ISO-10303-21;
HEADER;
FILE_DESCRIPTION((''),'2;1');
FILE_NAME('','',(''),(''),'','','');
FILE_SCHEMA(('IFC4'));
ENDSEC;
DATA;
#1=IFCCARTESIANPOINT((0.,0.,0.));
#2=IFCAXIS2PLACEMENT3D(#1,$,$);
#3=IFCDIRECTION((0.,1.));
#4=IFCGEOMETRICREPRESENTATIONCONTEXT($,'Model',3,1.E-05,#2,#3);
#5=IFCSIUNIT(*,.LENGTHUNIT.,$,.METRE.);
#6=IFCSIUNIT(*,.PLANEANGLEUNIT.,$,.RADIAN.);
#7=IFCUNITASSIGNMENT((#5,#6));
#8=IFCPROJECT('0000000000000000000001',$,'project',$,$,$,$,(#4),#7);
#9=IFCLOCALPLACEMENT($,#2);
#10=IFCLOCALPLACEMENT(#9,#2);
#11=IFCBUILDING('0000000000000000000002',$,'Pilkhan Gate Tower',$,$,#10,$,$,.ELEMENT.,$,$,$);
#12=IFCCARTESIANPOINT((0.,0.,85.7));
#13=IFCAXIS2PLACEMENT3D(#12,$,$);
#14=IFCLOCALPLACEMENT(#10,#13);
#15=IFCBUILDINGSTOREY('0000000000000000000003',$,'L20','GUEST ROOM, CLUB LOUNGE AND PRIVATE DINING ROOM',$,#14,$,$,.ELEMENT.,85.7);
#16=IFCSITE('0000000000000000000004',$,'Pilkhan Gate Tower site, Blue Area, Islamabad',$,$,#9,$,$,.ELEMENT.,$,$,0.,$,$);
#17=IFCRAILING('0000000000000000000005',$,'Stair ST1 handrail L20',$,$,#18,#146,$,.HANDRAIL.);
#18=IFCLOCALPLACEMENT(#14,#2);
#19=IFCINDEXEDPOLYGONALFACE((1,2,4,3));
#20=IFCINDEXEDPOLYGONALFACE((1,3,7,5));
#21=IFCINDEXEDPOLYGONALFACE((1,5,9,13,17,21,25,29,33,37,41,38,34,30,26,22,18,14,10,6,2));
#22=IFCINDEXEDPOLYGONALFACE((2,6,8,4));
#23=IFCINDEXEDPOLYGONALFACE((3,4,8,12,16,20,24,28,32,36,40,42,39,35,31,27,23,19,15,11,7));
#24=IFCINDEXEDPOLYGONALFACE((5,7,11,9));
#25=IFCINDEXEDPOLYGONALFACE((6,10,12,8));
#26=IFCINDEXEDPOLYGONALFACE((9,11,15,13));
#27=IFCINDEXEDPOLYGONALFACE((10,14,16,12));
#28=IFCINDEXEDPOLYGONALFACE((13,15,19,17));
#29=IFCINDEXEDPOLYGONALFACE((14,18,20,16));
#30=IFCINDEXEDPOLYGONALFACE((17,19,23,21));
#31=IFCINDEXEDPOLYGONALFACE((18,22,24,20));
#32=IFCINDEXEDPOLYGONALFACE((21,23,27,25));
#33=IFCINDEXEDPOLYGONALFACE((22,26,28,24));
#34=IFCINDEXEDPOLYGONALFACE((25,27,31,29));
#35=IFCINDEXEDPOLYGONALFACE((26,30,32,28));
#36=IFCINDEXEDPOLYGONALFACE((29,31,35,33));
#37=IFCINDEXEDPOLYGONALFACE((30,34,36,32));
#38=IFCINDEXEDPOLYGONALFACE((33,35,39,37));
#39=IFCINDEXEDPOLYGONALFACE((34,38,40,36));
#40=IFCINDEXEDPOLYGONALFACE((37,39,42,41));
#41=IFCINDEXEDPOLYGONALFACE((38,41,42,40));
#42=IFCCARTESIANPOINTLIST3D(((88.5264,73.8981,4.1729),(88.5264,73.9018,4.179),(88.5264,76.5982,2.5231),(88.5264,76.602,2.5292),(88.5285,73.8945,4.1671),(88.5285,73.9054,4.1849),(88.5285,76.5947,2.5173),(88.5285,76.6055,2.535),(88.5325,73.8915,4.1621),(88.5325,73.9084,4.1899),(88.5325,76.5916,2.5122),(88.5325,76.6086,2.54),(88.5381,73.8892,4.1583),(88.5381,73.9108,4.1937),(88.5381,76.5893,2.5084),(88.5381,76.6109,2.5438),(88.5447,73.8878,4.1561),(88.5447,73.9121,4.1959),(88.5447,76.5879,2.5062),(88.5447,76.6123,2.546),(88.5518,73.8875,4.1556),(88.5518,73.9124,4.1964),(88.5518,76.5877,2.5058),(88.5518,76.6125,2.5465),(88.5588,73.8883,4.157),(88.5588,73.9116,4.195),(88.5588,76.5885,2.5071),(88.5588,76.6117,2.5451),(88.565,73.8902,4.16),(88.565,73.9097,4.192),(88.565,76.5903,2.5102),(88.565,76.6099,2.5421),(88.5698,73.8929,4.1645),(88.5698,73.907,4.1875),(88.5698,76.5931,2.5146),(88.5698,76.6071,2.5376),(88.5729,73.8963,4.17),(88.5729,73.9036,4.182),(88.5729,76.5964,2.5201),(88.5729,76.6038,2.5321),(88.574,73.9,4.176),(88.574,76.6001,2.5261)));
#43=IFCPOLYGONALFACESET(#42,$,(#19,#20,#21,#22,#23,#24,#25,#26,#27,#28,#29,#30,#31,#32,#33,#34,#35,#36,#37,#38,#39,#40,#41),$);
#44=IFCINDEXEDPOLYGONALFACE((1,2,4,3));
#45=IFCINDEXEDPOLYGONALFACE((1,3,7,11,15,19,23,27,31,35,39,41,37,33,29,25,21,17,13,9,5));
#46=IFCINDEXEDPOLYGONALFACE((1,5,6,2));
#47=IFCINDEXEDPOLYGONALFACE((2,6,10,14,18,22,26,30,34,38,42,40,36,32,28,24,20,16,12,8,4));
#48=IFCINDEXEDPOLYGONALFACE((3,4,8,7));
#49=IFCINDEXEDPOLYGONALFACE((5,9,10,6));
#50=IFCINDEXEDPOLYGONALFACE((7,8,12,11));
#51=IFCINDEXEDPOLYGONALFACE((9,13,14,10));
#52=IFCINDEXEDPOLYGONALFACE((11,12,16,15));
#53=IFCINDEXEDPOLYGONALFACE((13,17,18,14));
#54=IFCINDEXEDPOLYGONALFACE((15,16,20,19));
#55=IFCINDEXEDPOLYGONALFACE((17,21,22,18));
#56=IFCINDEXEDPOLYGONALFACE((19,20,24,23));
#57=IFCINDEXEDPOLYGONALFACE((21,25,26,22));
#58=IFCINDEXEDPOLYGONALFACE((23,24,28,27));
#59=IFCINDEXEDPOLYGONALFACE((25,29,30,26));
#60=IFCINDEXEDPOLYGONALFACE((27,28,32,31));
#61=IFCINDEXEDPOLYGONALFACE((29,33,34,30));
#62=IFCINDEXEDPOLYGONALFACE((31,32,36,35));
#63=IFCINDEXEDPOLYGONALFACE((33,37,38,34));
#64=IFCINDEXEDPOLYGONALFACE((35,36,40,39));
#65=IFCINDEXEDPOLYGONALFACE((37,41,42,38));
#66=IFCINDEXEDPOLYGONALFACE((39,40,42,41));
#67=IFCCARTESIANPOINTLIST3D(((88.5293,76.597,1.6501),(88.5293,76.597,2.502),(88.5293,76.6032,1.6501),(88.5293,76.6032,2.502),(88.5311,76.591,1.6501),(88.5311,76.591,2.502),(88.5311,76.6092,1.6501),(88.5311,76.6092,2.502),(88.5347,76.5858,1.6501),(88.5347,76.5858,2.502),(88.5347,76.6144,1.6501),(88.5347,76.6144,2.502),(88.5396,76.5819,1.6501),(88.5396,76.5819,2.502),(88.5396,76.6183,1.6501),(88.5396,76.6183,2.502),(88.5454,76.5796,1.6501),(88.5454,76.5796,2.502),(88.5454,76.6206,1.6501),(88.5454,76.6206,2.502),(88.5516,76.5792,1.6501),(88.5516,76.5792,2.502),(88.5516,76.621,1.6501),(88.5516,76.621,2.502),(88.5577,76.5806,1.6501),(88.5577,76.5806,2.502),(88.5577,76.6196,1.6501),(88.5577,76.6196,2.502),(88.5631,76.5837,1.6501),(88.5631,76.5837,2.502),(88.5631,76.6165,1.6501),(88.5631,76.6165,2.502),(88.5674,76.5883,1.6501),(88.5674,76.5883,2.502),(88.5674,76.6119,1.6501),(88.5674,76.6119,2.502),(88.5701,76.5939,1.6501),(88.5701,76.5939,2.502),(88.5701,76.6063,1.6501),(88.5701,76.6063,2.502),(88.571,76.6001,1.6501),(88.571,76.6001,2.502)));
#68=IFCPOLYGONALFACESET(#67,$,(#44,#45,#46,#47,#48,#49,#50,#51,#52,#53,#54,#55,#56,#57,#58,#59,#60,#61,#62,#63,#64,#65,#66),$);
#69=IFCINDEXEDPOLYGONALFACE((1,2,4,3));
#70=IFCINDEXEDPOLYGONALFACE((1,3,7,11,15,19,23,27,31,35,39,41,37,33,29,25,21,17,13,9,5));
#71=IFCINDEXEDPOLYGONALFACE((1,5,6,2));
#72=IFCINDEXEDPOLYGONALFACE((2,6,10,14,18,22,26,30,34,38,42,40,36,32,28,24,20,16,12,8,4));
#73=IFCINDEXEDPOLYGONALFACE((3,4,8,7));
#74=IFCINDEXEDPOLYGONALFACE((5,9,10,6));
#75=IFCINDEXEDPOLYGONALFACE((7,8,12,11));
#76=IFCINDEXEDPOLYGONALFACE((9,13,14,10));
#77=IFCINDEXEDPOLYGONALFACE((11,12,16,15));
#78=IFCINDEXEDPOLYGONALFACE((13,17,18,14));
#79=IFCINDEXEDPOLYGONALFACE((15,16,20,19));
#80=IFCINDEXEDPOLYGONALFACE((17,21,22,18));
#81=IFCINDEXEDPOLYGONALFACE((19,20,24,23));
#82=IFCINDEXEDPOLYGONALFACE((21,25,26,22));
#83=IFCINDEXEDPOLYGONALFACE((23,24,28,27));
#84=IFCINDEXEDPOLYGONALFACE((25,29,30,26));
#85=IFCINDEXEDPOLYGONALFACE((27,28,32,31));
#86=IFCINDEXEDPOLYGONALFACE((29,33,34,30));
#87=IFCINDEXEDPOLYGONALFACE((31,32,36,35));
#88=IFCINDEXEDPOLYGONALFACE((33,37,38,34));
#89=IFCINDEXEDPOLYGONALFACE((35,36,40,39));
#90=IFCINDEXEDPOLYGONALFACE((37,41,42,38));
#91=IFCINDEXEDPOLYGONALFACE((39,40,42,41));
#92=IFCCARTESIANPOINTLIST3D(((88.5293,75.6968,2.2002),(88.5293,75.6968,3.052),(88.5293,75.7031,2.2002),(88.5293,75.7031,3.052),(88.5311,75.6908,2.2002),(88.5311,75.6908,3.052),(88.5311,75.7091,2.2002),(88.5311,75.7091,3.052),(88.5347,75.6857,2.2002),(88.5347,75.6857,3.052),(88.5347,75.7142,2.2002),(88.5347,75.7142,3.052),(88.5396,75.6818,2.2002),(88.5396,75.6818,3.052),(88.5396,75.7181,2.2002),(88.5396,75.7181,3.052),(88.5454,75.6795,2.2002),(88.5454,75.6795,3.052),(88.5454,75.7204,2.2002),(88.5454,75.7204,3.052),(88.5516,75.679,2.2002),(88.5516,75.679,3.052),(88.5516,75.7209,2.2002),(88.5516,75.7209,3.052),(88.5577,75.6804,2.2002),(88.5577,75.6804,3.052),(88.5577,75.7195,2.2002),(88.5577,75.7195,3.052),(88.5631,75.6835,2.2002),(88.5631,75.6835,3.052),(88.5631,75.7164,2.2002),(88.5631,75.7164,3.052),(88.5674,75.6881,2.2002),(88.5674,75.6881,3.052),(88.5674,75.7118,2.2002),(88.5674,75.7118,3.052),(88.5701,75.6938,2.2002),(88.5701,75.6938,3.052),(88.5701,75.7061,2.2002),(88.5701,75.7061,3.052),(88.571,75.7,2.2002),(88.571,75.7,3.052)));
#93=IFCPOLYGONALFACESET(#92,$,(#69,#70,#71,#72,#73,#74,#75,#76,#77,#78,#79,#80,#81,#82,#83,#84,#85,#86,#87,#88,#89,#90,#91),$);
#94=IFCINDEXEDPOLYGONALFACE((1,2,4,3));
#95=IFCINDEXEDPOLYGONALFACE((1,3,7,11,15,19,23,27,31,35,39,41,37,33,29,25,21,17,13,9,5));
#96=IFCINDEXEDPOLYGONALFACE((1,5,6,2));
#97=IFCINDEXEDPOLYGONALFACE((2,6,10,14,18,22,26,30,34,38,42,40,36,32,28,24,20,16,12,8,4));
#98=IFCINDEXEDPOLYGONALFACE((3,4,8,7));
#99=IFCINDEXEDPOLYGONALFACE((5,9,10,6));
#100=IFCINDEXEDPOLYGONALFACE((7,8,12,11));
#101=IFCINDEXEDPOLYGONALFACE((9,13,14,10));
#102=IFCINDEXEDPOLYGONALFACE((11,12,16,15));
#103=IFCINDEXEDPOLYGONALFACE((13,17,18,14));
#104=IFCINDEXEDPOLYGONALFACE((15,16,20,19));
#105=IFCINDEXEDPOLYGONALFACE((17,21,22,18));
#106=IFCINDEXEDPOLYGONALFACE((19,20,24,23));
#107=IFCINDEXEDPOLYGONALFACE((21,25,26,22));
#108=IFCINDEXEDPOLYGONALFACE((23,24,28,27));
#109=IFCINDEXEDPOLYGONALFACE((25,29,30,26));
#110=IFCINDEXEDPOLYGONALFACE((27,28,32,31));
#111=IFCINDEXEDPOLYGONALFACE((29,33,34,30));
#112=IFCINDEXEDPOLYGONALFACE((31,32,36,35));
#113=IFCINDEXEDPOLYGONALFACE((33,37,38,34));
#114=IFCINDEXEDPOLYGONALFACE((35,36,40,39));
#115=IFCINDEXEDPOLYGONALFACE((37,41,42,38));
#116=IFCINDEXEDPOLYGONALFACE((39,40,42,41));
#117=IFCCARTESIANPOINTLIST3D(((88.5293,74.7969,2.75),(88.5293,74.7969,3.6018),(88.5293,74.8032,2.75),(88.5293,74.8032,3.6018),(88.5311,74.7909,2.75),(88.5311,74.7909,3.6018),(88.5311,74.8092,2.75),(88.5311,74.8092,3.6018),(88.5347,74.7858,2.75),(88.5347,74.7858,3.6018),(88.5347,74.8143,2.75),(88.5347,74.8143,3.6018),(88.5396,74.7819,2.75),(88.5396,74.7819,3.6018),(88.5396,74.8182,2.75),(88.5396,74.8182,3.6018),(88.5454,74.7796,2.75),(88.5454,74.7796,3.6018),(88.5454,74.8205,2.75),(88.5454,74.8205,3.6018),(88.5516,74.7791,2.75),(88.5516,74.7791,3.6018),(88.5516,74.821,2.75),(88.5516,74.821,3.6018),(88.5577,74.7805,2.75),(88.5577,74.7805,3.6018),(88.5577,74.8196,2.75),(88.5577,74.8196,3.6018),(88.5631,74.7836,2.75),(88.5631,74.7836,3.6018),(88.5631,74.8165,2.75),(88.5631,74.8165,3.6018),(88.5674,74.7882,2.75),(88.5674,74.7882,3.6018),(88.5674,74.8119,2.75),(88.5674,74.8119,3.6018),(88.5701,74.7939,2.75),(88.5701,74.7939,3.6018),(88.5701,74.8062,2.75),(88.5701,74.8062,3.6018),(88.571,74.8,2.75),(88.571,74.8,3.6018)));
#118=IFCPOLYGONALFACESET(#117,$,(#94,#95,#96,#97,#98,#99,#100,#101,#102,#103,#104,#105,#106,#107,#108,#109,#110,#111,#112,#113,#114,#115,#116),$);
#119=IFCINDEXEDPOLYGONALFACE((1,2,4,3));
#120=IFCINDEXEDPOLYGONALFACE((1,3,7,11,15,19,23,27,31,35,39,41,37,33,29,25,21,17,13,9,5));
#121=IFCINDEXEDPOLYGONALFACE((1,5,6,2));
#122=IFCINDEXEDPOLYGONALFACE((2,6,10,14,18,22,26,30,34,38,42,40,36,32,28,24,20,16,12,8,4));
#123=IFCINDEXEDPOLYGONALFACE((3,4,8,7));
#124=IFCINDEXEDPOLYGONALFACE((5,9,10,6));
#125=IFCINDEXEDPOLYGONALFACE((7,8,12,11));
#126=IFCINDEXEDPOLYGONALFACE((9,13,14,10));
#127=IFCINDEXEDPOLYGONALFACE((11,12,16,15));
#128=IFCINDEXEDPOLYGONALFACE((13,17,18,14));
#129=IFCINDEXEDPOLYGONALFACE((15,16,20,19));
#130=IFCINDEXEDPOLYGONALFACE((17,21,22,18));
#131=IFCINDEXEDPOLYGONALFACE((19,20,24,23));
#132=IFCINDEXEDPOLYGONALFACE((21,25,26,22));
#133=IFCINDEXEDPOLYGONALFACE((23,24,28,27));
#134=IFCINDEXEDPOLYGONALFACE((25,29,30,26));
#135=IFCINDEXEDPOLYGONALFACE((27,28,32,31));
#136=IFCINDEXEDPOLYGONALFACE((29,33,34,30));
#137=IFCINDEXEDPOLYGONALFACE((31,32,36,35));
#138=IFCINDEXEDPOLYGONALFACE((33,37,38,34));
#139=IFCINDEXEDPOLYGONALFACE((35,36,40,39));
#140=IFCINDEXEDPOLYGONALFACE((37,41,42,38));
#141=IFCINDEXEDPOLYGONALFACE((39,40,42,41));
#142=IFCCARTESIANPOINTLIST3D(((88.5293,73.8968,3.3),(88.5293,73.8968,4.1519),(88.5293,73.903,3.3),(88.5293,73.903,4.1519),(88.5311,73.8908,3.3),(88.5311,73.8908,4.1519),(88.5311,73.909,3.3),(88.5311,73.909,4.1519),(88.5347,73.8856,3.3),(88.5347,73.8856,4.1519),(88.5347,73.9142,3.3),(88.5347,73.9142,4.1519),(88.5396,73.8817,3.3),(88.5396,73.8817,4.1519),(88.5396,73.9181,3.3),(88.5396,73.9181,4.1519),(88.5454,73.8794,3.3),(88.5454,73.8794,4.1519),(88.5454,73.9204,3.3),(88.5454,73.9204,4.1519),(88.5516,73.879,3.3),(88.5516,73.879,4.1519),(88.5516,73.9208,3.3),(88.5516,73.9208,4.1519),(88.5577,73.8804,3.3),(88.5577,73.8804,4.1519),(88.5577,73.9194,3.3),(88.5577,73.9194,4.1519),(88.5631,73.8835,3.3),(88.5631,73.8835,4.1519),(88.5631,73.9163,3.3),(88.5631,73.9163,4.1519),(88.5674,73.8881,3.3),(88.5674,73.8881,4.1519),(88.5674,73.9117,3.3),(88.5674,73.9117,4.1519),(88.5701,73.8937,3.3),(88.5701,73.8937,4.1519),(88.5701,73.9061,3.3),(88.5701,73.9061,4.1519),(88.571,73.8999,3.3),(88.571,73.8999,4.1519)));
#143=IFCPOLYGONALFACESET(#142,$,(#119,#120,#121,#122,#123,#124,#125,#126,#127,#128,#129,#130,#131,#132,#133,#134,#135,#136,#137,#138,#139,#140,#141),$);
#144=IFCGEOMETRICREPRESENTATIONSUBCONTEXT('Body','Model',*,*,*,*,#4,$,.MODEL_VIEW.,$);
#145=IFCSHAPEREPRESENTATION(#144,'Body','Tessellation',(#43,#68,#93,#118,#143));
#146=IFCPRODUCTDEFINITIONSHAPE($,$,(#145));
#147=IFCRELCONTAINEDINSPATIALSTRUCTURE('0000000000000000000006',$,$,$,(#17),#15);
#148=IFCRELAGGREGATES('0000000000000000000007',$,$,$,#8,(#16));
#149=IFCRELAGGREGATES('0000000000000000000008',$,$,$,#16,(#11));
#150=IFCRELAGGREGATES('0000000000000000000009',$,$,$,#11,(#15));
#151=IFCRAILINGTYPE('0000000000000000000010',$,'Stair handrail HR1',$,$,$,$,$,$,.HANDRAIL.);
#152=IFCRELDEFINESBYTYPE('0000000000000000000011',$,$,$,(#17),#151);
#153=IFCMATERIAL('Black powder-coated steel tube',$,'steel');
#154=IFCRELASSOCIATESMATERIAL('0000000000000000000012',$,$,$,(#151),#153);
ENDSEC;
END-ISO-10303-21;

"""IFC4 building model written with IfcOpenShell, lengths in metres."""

from ifc_helpers import new_model, si_unit, direction, frame, origin, origin_2d, place, context, subcontext, project, spatial, circle, extrude, material, type_object, element, save


model = new_model("IFC4")

# Units and contexts
model_context = context("Model", 3, precision=1e-05, world=origin(), true_north=direction((0.0, 1.0)))
body_context = subcontext(model_context, "Body", "Model", "MODEL_VIEW")
ifc_project = project(units=[si_unit("LENGTHUNIT", "METRE"), si_unit("PLANEANGLEUNIT", "RADIAN")], contexts=[model_context])

# Site, building, storey
site_placement = place(None, origin())
site = spatial("IfcSite", under=ifc_project, at=site_placement, Name="Pilkhan Gate Tower site, Blue Area, Islamabad", CompositionType="ELEMENT", RefElevation=0.0)
building_placement = place(site_placement, origin())
building = spatial("IfcBuilding", under=site, at=building_placement, Name="Pilkhan Gate Tower", CompositionType="ELEMENT")
storey_placement = place(building_placement, frame((0.0, 0.0, 85.7)))
storey = spatial("IfcBuildingStorey", under=building, at=storey_placement, Name="L20", Description="GUEST ROOM, CLUB LOUNGE AND PRIVATE DINING ROOM", CompositionType="ELEMENT", Elevation=85.7)

# Railing
ifc_material_1 = material(Name="Black powder-coated steel tube", Category="steel")
railing_type_1 = type_object("IfcRailingType", Name="Stair handrail HR1", PredefinedType="HANDRAIL", material=ifc_material_1)
railing_1_placement = place(storey_placement, frame((88.55, 76.6001, 1.6501)))
element("IfcRailing", 1, at=railing_1_placement, inside=storey, type_object=railing_type_1, Name="Stair ST1 handrail L20", PredefinedType="HANDRAIL", context=body_context, shape_type="SweptSolid", body=[
    extrude(circle(Radius=0.0239, at=origin_2d()), frame((0.0, 0.0, 0.876), z_axis=(0.0, -0.853312, 0.5214), x_axis=(1.0, 0.0, 0.0)), (0.0, 0.0, 1.0), 3.1643),
    extrude(circle(Radius=0.021, at=origin_2d()), origin(), (0.0, 0.0, 1.0), 0.8518),
    extrude(circle(Radius=0.021, at=origin_2d()), frame((0.0, -0.9001, 0.55)), (0.0, 0.0, 1.0), 0.8518),
    extrude(circle(Radius=0.021, at=origin_2d()), frame((0.0, -1.8, 1.0999)), (0.0, 0.0, 1.0), 0.8518),
    extrude(circle(Radius=0.021, at=origin_2d()), frame((0.0, -2.7002, 1.6499)), (0.0, 0.0, 1.0), 0.8518),
])

save(model, "model.ifc")
